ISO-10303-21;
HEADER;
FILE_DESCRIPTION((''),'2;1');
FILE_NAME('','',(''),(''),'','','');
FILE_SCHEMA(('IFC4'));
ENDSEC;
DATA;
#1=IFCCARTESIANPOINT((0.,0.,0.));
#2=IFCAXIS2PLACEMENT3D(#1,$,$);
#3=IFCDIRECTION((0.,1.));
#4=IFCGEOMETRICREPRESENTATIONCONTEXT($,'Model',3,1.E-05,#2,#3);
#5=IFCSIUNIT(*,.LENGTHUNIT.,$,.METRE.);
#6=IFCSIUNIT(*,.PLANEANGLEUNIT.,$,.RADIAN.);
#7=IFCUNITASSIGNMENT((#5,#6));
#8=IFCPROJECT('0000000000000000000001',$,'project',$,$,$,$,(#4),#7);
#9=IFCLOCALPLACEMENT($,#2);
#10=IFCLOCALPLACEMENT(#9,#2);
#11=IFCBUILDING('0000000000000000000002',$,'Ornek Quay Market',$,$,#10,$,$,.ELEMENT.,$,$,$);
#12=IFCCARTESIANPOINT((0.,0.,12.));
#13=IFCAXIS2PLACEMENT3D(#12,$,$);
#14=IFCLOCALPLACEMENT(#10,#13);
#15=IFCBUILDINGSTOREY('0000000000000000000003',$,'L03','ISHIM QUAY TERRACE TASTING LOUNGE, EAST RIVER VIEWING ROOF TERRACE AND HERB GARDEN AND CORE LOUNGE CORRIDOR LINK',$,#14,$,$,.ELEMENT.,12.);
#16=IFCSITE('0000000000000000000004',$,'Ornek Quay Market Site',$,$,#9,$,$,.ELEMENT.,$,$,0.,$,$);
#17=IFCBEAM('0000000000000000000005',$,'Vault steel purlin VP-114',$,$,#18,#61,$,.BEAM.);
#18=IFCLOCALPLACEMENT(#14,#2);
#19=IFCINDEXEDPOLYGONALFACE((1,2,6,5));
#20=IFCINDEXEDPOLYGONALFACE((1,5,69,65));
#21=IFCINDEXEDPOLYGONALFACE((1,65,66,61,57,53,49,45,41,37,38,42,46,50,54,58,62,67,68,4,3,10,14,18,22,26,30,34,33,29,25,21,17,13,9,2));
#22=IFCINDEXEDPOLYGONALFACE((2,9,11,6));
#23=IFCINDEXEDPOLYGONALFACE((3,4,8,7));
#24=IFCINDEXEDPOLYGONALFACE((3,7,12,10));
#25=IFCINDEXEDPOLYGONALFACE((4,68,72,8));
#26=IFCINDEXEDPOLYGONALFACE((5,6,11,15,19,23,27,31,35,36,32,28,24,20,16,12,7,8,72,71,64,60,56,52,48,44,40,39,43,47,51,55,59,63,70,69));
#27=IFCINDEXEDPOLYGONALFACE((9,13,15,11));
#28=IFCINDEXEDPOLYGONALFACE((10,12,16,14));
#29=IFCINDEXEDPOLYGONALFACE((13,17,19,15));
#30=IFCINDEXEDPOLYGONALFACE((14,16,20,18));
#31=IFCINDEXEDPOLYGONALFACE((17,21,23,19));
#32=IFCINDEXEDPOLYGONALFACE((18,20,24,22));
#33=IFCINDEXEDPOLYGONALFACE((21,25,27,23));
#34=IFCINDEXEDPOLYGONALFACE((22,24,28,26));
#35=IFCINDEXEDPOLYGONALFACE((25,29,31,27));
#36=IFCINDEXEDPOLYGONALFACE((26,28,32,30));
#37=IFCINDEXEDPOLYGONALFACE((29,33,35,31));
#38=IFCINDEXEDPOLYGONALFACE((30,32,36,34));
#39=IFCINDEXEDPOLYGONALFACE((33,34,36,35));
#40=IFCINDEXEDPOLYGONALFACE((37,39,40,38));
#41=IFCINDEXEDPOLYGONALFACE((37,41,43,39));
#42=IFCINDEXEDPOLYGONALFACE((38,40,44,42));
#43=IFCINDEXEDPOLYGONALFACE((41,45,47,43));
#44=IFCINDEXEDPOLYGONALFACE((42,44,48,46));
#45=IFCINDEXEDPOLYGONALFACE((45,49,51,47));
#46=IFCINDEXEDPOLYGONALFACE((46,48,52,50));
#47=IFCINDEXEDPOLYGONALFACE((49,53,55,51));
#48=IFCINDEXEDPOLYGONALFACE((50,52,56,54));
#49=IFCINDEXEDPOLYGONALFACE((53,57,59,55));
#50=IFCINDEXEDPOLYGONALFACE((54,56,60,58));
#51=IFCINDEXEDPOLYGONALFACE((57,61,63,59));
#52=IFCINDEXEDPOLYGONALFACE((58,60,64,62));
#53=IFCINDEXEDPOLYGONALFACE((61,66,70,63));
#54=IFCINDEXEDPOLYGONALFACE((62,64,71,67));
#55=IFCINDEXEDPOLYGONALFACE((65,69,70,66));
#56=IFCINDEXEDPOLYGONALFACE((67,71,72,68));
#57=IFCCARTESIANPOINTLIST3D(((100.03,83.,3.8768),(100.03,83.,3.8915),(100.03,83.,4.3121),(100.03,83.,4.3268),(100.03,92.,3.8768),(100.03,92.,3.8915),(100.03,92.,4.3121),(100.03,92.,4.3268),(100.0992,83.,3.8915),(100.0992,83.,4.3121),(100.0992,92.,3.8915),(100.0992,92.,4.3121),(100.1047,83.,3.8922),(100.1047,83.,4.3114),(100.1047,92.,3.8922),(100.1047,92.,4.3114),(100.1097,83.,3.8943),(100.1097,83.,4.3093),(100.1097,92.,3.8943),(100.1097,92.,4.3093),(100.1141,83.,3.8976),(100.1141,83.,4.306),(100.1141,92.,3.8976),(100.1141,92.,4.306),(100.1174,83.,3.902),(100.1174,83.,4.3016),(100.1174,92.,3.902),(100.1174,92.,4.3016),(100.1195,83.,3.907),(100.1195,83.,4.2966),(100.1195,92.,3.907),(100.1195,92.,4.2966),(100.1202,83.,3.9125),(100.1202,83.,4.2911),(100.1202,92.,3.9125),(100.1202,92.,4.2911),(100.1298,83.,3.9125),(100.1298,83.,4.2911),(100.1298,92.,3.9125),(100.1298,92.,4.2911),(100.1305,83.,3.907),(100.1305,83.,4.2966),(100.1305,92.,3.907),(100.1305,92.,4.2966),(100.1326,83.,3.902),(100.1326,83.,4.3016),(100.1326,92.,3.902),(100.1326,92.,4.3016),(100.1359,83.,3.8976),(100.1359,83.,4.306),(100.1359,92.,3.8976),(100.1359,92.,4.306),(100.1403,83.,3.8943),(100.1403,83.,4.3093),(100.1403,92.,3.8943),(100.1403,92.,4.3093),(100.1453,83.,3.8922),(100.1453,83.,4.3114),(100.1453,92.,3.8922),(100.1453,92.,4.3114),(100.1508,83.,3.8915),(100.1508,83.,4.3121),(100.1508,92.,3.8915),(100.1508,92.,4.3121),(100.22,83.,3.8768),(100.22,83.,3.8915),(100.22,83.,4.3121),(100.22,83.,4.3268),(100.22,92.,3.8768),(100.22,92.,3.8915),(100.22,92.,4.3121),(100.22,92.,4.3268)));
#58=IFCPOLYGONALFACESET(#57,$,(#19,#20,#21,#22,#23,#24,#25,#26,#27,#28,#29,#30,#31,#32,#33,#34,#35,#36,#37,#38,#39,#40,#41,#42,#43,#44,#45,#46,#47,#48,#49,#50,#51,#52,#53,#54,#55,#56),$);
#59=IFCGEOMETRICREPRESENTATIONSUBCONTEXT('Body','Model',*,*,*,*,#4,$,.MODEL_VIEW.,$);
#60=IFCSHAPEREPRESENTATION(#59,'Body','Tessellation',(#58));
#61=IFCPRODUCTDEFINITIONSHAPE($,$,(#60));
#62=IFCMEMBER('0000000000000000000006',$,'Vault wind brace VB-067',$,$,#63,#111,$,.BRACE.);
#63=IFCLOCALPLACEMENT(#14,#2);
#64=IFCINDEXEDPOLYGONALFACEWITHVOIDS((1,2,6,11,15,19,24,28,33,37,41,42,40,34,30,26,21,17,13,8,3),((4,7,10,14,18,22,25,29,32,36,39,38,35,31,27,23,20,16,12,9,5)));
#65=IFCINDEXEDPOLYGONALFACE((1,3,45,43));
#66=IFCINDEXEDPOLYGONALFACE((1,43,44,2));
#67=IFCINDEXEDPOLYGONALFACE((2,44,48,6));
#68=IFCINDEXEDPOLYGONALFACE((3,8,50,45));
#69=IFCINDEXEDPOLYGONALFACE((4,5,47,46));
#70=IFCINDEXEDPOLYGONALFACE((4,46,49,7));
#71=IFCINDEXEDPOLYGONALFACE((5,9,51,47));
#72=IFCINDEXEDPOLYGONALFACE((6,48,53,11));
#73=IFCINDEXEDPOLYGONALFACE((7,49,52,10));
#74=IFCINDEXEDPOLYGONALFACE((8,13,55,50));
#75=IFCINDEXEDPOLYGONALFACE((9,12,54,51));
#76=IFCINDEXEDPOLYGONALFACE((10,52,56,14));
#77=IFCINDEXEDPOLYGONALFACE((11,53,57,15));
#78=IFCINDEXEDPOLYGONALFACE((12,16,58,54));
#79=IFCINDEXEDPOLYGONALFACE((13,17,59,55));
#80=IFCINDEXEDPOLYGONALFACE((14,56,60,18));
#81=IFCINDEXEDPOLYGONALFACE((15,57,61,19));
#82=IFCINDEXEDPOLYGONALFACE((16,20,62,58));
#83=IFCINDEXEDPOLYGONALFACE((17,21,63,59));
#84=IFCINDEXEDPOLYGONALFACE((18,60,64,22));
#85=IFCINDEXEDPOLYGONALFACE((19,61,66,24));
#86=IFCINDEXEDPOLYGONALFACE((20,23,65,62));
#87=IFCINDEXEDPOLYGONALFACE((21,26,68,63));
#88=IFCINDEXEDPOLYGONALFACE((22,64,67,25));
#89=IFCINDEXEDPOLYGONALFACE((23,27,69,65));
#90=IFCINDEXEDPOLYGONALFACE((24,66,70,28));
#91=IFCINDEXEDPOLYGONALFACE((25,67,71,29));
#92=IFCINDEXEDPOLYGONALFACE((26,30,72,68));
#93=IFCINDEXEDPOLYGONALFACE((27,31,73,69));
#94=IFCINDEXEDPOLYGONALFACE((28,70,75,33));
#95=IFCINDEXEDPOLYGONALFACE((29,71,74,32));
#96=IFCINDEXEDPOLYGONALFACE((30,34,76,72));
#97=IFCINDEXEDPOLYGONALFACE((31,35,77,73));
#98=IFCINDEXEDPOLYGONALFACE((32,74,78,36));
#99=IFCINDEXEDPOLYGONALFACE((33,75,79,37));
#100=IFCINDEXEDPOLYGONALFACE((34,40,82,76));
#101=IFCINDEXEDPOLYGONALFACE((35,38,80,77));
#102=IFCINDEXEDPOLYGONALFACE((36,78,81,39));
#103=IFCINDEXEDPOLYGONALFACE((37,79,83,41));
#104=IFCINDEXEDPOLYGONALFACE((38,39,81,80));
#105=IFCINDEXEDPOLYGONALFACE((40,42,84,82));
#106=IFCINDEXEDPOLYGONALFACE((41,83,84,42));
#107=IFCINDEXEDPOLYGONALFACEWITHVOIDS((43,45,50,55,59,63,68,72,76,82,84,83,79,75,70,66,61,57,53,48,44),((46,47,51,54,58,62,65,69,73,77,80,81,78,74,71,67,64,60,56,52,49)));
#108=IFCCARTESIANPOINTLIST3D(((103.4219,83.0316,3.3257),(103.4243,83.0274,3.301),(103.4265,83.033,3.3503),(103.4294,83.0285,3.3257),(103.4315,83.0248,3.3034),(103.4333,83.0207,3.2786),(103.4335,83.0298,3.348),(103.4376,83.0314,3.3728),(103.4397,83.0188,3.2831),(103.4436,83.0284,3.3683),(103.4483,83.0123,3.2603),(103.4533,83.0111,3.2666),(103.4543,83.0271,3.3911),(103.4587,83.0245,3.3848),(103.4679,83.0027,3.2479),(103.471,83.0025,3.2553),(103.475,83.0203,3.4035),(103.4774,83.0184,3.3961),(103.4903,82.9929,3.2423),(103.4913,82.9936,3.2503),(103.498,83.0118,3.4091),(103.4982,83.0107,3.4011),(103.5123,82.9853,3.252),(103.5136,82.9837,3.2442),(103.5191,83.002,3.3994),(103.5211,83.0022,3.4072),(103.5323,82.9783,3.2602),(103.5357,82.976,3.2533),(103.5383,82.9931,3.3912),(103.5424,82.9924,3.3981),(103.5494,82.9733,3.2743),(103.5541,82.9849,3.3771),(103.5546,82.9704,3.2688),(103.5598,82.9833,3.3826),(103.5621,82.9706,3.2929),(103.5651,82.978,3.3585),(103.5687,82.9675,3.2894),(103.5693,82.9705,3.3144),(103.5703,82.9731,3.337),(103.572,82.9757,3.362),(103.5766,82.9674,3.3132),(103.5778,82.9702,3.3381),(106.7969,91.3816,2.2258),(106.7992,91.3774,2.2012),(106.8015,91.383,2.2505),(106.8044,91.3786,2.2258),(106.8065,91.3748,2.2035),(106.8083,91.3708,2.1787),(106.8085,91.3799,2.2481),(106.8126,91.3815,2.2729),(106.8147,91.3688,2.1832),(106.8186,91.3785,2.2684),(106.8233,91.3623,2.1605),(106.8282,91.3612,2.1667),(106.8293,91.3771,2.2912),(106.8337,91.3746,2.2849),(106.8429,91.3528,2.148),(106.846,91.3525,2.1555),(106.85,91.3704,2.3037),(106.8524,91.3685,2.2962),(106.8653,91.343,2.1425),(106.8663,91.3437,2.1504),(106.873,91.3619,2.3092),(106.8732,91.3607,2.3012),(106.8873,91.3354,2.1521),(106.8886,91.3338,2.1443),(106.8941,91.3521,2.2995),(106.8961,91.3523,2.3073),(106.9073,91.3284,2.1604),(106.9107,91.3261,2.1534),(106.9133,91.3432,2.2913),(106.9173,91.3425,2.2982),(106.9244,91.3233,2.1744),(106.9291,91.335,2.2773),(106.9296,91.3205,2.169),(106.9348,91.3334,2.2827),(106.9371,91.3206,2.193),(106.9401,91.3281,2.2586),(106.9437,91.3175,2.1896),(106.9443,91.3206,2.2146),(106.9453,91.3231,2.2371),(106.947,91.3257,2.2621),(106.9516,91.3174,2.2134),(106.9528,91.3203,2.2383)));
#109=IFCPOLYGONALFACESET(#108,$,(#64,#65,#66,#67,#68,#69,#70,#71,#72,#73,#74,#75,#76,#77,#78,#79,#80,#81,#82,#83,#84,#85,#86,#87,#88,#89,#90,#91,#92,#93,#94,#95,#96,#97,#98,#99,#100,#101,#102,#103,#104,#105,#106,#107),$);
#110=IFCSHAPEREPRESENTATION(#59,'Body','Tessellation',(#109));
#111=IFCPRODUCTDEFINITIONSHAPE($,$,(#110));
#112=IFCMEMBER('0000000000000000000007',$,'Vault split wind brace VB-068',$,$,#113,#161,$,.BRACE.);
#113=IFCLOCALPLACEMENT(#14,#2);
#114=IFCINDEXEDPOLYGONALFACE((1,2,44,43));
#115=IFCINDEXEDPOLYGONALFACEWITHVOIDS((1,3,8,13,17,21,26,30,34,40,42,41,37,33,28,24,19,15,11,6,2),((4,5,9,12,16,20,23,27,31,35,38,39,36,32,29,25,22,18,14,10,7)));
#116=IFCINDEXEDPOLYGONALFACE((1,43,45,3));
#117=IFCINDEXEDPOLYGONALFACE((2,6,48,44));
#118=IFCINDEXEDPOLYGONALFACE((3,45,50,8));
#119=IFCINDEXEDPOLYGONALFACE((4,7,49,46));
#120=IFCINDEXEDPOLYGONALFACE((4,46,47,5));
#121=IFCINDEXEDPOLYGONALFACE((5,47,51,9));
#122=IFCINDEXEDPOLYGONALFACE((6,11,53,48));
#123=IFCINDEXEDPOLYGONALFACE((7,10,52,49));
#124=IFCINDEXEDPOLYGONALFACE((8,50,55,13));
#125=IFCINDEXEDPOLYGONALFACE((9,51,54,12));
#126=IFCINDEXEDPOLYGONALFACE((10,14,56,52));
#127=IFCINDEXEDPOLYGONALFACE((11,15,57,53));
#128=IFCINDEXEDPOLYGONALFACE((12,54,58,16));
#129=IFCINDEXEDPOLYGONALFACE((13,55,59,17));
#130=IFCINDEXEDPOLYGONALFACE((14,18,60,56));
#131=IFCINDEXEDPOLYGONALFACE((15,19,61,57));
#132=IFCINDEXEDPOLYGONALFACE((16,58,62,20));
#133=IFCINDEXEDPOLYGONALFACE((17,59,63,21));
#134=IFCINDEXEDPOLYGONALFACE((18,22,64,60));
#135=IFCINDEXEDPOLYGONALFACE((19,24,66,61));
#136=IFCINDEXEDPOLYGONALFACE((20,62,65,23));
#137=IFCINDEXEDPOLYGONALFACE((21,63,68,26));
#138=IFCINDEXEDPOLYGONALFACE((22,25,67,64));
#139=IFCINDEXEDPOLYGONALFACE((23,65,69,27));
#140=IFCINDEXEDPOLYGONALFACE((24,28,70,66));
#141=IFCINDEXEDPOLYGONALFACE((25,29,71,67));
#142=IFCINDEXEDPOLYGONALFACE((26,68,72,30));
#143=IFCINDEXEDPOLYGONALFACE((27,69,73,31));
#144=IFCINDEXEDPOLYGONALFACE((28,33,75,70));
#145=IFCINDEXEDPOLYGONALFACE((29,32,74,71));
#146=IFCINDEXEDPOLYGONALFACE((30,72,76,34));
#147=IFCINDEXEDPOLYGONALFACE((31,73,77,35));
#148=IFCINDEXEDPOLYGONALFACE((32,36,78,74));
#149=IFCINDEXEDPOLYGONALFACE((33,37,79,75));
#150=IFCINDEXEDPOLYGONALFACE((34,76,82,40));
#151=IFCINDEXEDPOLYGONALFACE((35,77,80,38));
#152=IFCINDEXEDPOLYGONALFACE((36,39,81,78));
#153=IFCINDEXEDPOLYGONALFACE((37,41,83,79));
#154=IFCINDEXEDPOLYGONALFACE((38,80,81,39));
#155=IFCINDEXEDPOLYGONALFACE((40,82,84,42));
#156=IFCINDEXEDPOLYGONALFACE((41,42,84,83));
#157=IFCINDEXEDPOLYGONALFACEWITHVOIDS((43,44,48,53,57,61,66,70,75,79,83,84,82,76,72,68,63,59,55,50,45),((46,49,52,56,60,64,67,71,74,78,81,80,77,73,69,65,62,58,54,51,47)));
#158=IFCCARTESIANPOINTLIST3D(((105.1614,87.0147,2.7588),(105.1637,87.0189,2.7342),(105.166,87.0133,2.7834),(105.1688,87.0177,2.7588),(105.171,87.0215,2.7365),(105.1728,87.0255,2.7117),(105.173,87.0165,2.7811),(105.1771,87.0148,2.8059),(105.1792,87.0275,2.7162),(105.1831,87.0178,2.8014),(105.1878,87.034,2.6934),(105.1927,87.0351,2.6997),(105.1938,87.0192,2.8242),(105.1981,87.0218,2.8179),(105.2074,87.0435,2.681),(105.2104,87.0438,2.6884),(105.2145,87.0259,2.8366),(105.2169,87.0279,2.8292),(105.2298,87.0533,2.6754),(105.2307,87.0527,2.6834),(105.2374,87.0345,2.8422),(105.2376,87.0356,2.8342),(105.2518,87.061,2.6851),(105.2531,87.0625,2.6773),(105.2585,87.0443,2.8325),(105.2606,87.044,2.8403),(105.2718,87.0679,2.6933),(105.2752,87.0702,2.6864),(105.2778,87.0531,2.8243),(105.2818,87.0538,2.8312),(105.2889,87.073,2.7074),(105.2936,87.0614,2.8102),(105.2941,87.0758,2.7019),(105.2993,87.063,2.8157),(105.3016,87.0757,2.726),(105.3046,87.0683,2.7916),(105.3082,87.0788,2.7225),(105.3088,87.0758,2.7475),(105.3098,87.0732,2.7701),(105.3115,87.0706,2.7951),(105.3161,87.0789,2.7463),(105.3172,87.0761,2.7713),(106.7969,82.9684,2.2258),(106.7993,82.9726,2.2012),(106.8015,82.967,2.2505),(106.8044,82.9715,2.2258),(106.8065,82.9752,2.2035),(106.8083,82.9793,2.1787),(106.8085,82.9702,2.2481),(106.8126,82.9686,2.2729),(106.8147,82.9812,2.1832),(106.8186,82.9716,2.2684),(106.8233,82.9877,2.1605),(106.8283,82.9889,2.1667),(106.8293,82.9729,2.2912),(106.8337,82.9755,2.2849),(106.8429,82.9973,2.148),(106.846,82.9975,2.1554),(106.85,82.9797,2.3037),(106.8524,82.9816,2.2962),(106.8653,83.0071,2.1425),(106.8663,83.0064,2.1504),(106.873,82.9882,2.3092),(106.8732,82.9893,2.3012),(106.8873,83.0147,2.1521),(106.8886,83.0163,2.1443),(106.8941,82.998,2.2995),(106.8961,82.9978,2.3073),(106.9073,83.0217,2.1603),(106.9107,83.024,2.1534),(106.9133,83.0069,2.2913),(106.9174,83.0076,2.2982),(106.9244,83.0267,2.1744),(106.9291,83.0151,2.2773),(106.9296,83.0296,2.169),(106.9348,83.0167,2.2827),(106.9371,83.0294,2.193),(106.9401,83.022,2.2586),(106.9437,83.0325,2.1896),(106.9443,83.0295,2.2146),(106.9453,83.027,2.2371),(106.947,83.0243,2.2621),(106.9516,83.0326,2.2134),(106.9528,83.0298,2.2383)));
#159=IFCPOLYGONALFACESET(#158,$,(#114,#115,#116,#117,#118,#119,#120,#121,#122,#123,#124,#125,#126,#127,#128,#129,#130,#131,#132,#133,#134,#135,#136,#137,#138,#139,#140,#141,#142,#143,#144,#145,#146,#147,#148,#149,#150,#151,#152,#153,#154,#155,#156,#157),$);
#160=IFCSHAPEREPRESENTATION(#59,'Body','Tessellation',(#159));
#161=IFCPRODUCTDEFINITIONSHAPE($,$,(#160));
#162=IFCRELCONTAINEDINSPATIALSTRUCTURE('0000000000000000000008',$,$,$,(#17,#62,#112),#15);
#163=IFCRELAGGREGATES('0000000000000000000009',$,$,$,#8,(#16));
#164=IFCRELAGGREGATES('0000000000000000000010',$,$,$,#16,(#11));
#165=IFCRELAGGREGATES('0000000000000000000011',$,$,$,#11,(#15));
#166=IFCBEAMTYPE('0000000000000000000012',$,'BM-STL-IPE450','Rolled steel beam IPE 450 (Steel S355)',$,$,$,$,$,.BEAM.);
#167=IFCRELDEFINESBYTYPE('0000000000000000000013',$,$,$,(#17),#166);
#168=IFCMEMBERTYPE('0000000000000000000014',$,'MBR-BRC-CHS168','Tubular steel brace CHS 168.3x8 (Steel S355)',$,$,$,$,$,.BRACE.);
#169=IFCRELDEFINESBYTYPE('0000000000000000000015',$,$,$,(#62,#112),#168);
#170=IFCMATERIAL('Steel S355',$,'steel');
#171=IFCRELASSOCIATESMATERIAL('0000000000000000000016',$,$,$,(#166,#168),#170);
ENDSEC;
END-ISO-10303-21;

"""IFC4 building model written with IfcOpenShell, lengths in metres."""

from ifc_helpers import new_model, si_unit, direction, frame, origin, origin_2d, place, context, subcontext, project, spatial, hollow_circle, i_section, extrude, material, material_profile, profile_set, type_object, element, save


model = new_model("IFC4")

# Units and contexts
model_context = context("Model", 3, precision=1e-05, world=origin(), true_north=direction((0.0, 1.0)))
body_context = subcontext(model_context, "Body", "Model", "MODEL_VIEW")
ifc_project = project(units=[si_unit("LENGTHUNIT", "METRE"), si_unit("PLANEANGLEUNIT", "RADIAN")], contexts=[model_context])

# Site, building, storey
site_placement = place(None, origin())
site = spatial("IfcSite", under=ifc_project, at=site_placement, Name="Ornek Quay Market Site", CompositionType="ELEMENT", RefElevation=0.0)
building_placement = place(site_placement, origin())
building = spatial("IfcBuilding", under=site, at=building_placement, Name="Ornek Quay Market", CompositionType="ELEMENT")
storey_placement = place(building_placement, frame((0.0, 0.0, 12.0)))
storey = spatial("IfcBuildingStorey", under=building, at=storey_placement, Name="L03", Description="ISHIM QUAY TERRACE TASTING LOUNGE, EAST RIVER VIEWING ROOF TERRACE AND HERB GARDEN AND CORE LOUNGE CORRIDOR LINK", CompositionType="ELEMENT", Elevation=12.0)

# Beam
ifc_material_1 = material(Name="Steel S355", Category="steel")
ifc_material_profile_1 = material_profile(ifc_material_1, i_section(OverallWidth=0.1899, OverallDepth=0.45, WebThickness=0.0095, FlangeThickness=0.0146, FilletRadius=0.021, at=origin_2d()), Name="IPE 450", Category="steel")
ifc_profile_set_1 = profile_set([ifc_material_profile_1], Name="Steel S355")
beam_type_1 = type_object("IfcBeamType", Name="BM-STL-IPE450", Description="Rolled steel beam IPE 450 (Steel S355)", PredefinedType="BEAM", material=ifc_profile_set_1)
beam_1_placement = place(storey_placement, frame((100.125, 83.0, 4.1018), z_axis=(0.0, 1.0, 0.0), x_axis=(-1.0, 0.0, 0.0)))
element("IfcBeam", 1, at=beam_1_placement, inside=storey, type_object=beam_type_1, Name="Vault steel purlin VP-114", PredefinedType="BEAM", context=body_context, shape_type="SweptSolid", body=[
    extrude(i_section(OverallWidth=0.1899, OverallDepth=0.45, WebThickness=0.0095, FlangeThickness=0.0146, FilletRadius=0.021, at=origin_2d()), origin(), (0.0, 0.0, 1.0), 9.0),
])

# Members
ifc_material_profile_2 = material_profile(ifc_material_1, hollow_circle(Radius=0.0842, WallThickness=0.0081, at=origin_2d()), Name="CHS 168.3x8", Category="steel")
ifc_profile_set_2 = profile_set([ifc_material_profile_2], Name="Steel S355")
member_type_1 = type_object("IfcMemberType", Name="MBR-BRC-CHS168", Description="Tubular steel brace CHS 168.3x8 (Steel S355)", PredefinedType="BRACE", material=ifc_profile_set_2)
member_1_placement = place(storey_placement, frame((103.5, 83.0, 3.3257), z_axis=(0.371971, 0.920295, -0.121219), x_axis=(-0.927132, 0.374735, 0.0)))
element("IfcMember", 2, at=member_1_placement, inside=storey, type_object=member_type_1, Name="Vault wind brace VB-067", PredefinedType="BRACE", context=body_context, shape_type="SweptSolid", body=[
    extrude(hollow_circle(Radius=0.0842, WallThickness=0.0081, at=origin_2d()), origin(), (0.0, 0.0, 1.0), 9.0732),
])
for number, where, z_axis, x_axis, name in (
    (3, (106.875, 83.0, 2.2258), (-0.371991, 0.920287, 0.12122), (-0.927124, -0.374754, 0.0), "Vault split wind brace VB-068"),
):
    element("IfcMember", number, at=place(storey_placement, frame(where, z_axis=z_axis, x_axis=x_axis)), inside=storey, type_object=member_type_1, Name=name, PredefinedType="BRACE", context=body_context, shape_type="SweptSolid", body=[
        extrude(hollow_circle(Radius=0.0842, WallThickness=0.0081, at=origin_2d()), origin(), (0.0, 0.0, 1.0), 4.3967),
    ])

save(model, "model.ifc")
